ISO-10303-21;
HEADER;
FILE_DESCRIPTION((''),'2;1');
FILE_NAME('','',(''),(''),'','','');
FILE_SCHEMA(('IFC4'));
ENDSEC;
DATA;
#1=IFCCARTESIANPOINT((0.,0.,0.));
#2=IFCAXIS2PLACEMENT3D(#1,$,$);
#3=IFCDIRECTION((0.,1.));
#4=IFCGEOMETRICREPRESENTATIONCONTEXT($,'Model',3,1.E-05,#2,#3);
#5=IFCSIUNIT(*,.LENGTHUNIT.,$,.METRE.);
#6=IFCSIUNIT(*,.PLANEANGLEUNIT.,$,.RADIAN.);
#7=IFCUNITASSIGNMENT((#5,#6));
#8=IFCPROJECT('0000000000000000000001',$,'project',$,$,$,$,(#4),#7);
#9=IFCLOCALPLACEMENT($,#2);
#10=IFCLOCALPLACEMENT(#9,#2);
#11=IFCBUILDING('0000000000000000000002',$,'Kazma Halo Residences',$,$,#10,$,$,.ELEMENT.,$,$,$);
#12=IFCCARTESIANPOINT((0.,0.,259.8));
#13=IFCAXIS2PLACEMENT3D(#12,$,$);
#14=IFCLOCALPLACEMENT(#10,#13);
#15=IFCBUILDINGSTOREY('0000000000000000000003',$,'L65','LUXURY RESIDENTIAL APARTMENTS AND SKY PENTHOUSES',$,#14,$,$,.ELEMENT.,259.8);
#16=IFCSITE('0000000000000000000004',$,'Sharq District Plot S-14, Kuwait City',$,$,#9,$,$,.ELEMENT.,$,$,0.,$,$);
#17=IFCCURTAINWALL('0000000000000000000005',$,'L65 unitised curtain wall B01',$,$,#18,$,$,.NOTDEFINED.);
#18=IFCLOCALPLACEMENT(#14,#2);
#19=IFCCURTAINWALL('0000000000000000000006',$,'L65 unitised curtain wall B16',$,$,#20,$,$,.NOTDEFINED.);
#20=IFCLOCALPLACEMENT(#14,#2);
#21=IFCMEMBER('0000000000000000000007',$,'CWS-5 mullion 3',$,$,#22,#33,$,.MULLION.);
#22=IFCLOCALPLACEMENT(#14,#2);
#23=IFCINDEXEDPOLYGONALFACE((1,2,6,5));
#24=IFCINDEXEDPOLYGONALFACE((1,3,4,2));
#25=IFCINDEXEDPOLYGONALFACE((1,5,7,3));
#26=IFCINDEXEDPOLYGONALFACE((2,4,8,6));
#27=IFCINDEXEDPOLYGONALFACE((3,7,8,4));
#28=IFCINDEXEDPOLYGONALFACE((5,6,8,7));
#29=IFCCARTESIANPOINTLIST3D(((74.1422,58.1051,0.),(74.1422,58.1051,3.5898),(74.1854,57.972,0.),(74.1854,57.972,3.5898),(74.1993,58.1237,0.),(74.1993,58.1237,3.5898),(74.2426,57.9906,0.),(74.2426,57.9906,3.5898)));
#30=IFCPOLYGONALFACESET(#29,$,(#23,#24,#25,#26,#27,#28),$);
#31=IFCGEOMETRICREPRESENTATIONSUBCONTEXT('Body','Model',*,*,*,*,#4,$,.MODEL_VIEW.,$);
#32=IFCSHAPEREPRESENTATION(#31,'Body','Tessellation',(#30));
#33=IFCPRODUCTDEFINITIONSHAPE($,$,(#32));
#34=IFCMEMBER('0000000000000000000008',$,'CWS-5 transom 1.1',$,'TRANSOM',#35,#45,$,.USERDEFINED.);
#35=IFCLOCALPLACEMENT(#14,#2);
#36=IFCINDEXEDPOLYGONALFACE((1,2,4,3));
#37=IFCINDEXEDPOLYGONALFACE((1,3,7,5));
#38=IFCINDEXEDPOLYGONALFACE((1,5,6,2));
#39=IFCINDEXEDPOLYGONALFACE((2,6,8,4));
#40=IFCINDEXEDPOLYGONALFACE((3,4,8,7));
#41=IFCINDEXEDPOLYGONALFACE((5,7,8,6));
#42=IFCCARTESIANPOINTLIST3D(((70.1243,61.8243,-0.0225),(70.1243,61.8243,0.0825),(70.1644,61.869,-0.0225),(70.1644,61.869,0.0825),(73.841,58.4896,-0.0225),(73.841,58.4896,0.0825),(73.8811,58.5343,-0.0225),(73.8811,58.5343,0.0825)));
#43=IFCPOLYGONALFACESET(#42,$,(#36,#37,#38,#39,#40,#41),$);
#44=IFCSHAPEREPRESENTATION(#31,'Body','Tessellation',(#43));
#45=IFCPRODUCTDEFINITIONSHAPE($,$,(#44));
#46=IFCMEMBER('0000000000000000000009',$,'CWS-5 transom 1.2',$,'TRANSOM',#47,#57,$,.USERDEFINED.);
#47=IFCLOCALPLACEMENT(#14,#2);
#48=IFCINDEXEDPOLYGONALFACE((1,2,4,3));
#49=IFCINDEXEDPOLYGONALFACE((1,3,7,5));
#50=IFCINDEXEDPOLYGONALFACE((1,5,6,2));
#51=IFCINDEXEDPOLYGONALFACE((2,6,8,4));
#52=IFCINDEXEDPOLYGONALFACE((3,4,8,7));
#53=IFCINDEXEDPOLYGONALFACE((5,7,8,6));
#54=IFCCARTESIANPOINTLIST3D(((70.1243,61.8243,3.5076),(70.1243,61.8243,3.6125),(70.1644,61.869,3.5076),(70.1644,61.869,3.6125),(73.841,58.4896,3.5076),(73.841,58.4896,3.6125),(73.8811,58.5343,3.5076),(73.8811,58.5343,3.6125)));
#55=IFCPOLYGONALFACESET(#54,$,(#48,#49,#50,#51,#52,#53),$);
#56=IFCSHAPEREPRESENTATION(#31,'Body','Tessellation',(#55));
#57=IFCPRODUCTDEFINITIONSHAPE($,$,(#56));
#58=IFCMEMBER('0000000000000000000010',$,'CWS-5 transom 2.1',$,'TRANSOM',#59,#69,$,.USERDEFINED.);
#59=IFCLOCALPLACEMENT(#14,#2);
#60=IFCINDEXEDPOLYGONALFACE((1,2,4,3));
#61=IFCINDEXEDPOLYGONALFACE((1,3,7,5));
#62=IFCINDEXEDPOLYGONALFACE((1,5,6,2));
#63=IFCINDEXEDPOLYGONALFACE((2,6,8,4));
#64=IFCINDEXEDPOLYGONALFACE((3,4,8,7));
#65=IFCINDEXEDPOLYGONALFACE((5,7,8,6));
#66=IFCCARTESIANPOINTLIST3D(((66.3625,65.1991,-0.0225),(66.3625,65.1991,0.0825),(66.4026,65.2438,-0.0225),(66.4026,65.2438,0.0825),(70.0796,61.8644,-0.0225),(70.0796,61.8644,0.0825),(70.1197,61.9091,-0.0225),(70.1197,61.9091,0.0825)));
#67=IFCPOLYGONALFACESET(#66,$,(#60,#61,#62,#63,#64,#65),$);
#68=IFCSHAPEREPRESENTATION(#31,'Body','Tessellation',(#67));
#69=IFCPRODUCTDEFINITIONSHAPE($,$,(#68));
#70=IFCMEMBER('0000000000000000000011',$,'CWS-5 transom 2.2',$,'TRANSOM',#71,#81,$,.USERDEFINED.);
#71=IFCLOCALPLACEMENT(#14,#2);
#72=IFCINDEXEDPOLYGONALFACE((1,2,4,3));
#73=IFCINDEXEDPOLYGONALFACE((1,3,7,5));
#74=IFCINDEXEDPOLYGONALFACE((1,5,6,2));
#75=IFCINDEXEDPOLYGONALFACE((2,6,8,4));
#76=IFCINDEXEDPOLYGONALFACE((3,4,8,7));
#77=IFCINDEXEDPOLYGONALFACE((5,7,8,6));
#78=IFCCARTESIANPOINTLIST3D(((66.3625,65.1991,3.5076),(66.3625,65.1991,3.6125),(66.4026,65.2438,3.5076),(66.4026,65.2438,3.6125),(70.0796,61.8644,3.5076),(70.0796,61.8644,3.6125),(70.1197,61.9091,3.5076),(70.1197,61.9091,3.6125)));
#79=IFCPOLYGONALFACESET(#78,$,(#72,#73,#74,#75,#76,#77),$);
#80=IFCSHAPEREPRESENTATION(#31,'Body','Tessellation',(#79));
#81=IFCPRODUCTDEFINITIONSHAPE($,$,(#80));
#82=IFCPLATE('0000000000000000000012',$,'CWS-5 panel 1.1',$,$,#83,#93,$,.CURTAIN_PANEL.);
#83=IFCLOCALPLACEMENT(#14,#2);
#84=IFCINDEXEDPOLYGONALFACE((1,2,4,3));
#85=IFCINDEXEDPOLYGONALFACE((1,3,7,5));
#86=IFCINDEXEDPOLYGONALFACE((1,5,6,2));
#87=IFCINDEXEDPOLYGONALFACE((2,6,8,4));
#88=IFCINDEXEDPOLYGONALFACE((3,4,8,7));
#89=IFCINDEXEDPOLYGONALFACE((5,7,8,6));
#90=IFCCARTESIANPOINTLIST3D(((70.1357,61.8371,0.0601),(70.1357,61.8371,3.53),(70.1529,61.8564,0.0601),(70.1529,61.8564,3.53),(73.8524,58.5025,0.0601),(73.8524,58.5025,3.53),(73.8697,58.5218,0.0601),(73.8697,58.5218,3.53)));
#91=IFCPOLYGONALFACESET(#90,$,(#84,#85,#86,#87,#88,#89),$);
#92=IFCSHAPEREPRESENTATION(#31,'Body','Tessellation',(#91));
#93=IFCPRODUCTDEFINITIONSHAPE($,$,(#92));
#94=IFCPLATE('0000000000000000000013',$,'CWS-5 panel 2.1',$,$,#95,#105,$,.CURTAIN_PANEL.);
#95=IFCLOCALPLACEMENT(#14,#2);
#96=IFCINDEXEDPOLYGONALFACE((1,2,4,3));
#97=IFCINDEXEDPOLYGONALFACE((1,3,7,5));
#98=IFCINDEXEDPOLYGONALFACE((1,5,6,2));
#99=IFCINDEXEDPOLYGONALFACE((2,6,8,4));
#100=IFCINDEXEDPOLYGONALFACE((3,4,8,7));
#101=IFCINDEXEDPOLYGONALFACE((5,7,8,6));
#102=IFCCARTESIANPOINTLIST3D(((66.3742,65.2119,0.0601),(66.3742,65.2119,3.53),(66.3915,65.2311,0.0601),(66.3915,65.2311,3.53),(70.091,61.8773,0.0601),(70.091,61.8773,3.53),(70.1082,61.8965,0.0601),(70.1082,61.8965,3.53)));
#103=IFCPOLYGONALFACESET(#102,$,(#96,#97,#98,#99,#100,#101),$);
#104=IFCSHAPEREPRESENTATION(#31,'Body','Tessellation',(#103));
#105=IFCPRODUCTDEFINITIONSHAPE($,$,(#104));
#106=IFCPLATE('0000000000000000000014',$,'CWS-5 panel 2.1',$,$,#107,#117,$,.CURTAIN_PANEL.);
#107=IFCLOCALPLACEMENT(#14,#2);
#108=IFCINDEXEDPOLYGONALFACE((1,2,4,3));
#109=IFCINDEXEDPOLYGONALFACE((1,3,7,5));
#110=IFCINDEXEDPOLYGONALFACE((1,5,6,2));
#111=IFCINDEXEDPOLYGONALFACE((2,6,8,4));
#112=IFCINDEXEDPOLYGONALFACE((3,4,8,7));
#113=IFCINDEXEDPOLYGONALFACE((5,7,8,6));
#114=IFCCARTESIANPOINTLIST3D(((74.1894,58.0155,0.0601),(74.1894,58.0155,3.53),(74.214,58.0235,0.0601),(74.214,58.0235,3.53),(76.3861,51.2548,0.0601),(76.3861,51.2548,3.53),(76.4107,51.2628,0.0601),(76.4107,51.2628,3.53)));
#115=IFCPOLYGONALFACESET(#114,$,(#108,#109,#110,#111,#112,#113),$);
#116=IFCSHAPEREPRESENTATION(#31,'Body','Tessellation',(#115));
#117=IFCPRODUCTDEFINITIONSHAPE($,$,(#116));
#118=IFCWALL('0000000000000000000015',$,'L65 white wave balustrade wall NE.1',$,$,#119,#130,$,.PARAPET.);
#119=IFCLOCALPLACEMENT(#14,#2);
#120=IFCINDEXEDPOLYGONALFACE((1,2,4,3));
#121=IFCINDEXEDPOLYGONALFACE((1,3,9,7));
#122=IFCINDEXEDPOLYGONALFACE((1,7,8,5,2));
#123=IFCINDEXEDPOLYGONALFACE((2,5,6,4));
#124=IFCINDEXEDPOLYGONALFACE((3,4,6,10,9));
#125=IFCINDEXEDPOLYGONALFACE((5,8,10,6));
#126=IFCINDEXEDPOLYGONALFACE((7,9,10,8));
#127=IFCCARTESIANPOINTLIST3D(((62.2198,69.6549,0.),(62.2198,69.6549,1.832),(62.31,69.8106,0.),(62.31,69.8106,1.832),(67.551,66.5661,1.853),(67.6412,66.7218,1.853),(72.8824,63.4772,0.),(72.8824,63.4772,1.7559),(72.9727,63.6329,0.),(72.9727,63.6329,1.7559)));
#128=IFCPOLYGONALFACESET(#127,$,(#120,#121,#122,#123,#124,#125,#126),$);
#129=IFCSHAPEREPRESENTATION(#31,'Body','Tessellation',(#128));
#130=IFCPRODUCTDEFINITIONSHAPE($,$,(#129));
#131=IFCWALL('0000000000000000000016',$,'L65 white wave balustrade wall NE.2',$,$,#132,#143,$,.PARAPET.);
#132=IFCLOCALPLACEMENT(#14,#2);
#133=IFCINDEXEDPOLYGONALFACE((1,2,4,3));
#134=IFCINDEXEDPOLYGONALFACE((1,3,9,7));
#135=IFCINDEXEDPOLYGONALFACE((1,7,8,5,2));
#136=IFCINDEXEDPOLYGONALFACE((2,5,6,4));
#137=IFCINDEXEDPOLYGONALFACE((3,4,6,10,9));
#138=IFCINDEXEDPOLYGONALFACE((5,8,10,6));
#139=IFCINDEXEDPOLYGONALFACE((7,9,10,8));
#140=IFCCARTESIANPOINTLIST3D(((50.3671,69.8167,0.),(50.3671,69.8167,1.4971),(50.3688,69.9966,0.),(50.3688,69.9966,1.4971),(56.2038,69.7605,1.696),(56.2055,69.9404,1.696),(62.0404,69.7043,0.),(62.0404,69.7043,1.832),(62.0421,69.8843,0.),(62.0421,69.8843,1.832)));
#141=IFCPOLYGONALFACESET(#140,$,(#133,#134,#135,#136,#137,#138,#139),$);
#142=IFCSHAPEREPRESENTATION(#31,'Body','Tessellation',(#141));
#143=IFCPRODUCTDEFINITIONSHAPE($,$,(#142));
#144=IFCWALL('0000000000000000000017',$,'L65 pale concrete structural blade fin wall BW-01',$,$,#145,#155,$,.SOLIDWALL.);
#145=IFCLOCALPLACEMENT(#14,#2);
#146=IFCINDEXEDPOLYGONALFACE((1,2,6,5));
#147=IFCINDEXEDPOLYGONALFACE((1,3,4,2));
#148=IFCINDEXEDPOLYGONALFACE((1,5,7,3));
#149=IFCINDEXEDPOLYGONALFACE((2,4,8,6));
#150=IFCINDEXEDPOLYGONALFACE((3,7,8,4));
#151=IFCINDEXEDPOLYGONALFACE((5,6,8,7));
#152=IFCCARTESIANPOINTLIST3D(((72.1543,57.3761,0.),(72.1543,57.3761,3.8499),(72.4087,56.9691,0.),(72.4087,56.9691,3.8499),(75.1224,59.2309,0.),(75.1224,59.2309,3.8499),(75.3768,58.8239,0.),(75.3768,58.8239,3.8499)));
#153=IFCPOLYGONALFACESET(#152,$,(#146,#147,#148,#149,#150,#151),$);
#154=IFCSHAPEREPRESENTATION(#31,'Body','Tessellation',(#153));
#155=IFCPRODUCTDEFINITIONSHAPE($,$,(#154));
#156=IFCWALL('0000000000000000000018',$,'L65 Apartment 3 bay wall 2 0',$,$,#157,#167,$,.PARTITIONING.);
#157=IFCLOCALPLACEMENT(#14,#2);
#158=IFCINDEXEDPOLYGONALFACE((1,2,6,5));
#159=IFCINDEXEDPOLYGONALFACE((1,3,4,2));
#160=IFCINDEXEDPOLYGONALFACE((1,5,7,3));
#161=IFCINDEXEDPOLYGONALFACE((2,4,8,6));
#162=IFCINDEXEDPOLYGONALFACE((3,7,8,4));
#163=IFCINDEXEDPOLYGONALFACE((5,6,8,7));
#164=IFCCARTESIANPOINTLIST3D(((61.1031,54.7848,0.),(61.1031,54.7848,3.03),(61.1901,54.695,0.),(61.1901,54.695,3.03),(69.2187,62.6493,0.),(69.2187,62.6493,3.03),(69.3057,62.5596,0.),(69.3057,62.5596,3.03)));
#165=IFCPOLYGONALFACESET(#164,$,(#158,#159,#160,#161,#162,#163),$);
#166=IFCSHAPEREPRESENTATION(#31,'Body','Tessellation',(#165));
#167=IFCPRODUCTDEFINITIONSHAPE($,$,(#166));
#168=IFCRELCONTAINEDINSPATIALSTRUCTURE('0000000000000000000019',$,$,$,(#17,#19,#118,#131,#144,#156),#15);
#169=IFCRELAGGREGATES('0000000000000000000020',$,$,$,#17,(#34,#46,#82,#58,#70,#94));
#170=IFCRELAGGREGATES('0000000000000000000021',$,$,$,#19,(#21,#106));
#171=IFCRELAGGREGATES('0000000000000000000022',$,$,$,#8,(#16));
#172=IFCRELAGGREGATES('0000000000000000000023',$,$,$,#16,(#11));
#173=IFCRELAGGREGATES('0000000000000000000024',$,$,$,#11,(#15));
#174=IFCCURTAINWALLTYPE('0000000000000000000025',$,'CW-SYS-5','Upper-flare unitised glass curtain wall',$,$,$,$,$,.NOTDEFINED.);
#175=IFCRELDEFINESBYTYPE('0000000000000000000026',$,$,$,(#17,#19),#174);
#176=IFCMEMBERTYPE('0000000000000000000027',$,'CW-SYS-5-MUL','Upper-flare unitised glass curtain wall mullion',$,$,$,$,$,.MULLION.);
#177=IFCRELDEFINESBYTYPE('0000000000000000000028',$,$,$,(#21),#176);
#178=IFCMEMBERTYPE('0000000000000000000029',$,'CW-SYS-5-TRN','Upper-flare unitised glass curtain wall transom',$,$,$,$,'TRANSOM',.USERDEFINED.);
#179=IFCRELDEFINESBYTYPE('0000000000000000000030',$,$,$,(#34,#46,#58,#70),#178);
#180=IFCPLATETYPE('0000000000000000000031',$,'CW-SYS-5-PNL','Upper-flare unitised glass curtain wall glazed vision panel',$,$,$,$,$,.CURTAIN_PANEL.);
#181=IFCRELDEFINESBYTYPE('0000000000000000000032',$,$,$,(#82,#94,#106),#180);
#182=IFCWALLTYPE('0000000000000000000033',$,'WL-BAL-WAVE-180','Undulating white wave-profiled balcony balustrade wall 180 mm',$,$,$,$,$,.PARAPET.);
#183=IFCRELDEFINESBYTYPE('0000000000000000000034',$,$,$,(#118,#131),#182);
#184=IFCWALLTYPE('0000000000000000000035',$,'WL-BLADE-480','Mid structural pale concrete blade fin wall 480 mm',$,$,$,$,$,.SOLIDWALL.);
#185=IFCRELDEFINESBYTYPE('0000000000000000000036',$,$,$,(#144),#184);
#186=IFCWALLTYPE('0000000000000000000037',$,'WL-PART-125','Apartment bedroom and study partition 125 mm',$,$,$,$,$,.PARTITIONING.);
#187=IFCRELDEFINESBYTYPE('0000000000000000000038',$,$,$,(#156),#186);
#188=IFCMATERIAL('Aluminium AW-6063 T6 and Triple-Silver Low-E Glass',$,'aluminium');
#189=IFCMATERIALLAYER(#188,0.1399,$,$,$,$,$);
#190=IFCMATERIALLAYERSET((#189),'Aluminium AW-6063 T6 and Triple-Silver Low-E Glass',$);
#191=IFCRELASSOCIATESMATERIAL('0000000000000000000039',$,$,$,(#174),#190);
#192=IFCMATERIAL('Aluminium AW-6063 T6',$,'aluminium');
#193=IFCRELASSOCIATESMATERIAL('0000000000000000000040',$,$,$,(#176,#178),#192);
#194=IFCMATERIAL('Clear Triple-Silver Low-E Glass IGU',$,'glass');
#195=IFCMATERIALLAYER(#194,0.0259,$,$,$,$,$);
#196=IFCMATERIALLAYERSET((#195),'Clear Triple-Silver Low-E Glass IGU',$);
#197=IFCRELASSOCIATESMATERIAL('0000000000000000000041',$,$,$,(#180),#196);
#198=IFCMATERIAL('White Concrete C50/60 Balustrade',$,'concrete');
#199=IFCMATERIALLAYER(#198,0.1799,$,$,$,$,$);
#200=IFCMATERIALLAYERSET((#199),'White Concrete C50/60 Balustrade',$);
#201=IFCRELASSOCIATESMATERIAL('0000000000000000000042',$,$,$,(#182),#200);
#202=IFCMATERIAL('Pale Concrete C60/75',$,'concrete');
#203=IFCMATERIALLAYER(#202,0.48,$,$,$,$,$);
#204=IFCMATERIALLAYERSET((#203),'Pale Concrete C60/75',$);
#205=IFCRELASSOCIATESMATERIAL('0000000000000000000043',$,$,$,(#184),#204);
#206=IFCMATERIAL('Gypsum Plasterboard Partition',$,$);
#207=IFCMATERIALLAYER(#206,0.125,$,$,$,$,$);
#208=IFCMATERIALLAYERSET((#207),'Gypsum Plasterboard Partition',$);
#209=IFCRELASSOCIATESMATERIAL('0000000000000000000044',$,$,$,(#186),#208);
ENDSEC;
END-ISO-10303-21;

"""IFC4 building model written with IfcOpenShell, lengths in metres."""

from ifc_helpers import new_model, si_unit, direction, frame, frame_2d, origin, origin_2d, place, context, subcontext, project, spatial, polyline, rectangle, outline, extrude, material, layer, layer_set, material_profile, profile_set, type_object, element, aggregate, save


model = new_model("IFC4")

# Units and contexts
model_context = context("Model", 3, precision=1e-05, world=origin(), true_north=direction((0.0, 1.0)))
body_context = subcontext(model_context, "Body", "Model", "MODEL_VIEW")
ifc_project = project(units=[si_unit("LENGTHUNIT", "METRE"), si_unit("PLANEANGLEUNIT", "RADIAN")], contexts=[model_context])

# Site, building, storey
site_placement = place(None, origin())
site = spatial("IfcSite", under=ifc_project, at=site_placement, Name="Sharq District Plot S-14, Kuwait City", CompositionType="ELEMENT", RefElevation=0.0)
building_placement = place(site_placement, origin())
building = spatial("IfcBuilding", under=site, at=building_placement, Name="Kazma Halo Residences", CompositionType="ELEMENT")
storey_placement = place(building_placement, frame((0.0, 0.0, 259.8)))
storey = spatial("IfcBuildingStorey", under=building, at=storey_placement, Name="L65", Description="LUXURY RESIDENTIAL APARTMENTS AND SKY PENTHOUSES", CompositionType="ELEMENT", Elevation=259.8)

# Curtain wall
ifc_material_1 = material(Name="Aluminium AW-6063 T6 and Triple-Silver Low-E Glass", Category="aluminium")
ifc_layer_1 = layer(ifc_material_1, 0.1399)
ifc_layer_set_1 = layer_set([ifc_layer_1], Name="Aluminium AW-6063 T6 and Triple-Silver Low-E Glass")
curtain_wall_type = type_object("IfcCurtainWallType", Name="CW-SYS-5", Description="Upper-flare unitised glass curtain wall", PredefinedType="NOTDEFINED", material=ifc_layer_set_1)
curtain_wall_1_placement = place(storey_placement, origin())
curtain_wall_1 = element("IfcCurtainWall", 1, at=curtain_wall_1_placement, inside=storey, type_object=curtain_wall_type, Name="L65 unitised curtain wall B01", PredefinedType="NOTDEFINED")
ifc_material_2 = material(Name="Aluminium AW-6063 T6", Category="aluminium")
ifc_material_profile_1 = material_profile(ifc_material_2, rectangle(XDim=0.0601, YDim=0.1399, at=origin_2d()), Name="CWM-60x140")
ifc_profile_set_1 = profile_set([ifc_material_profile_1], Name="Aluminium AW-6063 T6")
member_type_1 = type_object("IfcMemberType", Name="CW-SYS-5-MUL", Description="Upper-flare unitised glass curtain wall mullion", PredefinedType="MULLION", material=ifc_profile_set_1)

# Curtain wall, member
curtain_wall_2_placement = place(storey_placement, origin())
curtain_wall_2 = element("IfcCurtainWall", 2, at=curtain_wall_2_placement, inside=storey, type_object=curtain_wall_type, Name="L65 unitised curtain wall B16", PredefinedType="NOTDEFINED")
member_1_placement = place(storey_placement, frame((74.1924, 58.0479, 0.0), z_axis=(0.0, 0.0, 1.0), x_axis=(-0.951058, -0.309011, 0.0)))
member_1 = element("IfcMember", 3, at=member_1_placement, type_object=member_type_1, Name="CWS-5 mullion 3", PredefinedType="MULLION", context=body_context, shape_type="SweptSolid", body=[
    extrude(rectangle(XDim=0.0601, YDim=0.1399, at=origin_2d()), origin(), (0.0, 0.0, 1.0), 3.5898),
])

# Members
ifc_material_profile_2 = material_profile(ifc_material_2, rectangle(XDim=0.0601, YDim=0.105, at=origin_2d()), Name="CWT-60x105")
ifc_profile_set_2 = profile_set([ifc_material_profile_2], Name="Aluminium AW-6063 T6")
member_type_2 = type_object("IfcMemberType", Name="CW-SYS-5-TRN", Description="Upper-flare unitised glass curtain wall transom", ElementType="TRANSOM", PredefinedType="USERDEFINED", material=ifc_profile_set_2)
member_2_placement = place(storey_placement, frame((73.8611, 58.512, 0.03), z_axis=(-0.744329, 0.667813, 0.0), x_axis=(-0.667813, -0.744329, 0.0)))
member_2 = element("IfcMember", 4, at=member_2_placement, type_object=member_type_2, Name="CWS-5 transom 1.1", ObjectType="TRANSOM", PredefinedType="USERDEFINED", context=body_context, shape_type="SweptSolid", body=[
    extrude(rectangle(XDim=0.0601, YDim=0.105, at=origin_2d()), origin(), (0.0, 0.0, 1.0), 4.9934),
])
member_3_placement = place(storey_placement, frame((73.8611, 58.512, 3.5601), z_axis=(-0.744329, 0.667813, 0.0), x_axis=(-0.667813, -0.744329, 0.0)))
member_3 = element("IfcMember", 5, at=member_3_placement, type_object=member_type_2, Name="CWS-5 transom 1.2", ObjectType="TRANSOM", PredefinedType="USERDEFINED", context=body_context, shape_type="SweptSolid", body=[
    extrude(rectangle(XDim=0.0601, YDim=0.105, at=origin_2d()), origin(), (0.0, 0.0, 1.0), 4.9934),
])
member_4_placement = place(storey_placement, frame((70.0996, 61.8867, 0.03), z_axis=(-0.744351, 0.667789, 0.0), x_axis=(-0.667789, -0.744351, 0.0)))
member_4 = element("IfcMember", 6, at=member_4_placement, type_object=member_type_2, Name="CWS-5 transom 2.1", ObjectType="TRANSOM", PredefinedType="USERDEFINED", context=body_context, shape_type="SweptSolid", body=[
    extrude(rectangle(XDim=0.0601, YDim=0.105, at=origin_2d()), origin(), (0.0, 0.0, 1.0), 4.9937),
])
member_5_placement = place(storey_placement, frame((70.0996, 61.8867, 3.5601), z_axis=(-0.744351, 0.667789, 0.0), x_axis=(-0.667789, -0.744351, 0.0)))
member_5 = element("IfcMember", 7, at=member_5_placement, type_object=member_type_2, Name="CWS-5 transom 2.2", ObjectType="TRANSOM", PredefinedType="USERDEFINED", context=body_context, shape_type="SweptSolid", body=[
    extrude(rectangle(XDim=0.0601, YDim=0.105, at=origin_2d()), origin(), (0.0, 0.0, 1.0), 4.9937),
])

# Plates
ifc_material_3 = material(Name="Clear Triple-Silver Low-E Glass IGU", Category="glass")
ifc_layer_2 = layer(ifc_material_3, 0.0259)
ifc_layer_set_2 = layer_set([ifc_layer_2], Name="Clear Triple-Silver Low-E Glass IGU")
plate_type = type_object("IfcPlateType", Name="CW-SYS-5-PNL", Description="Upper-flare unitised glass curtain wall glazed vision panel", PredefinedType="CURTAIN_PANEL", material=ifc_layer_set_2)
plate_1_placement = place(storey_placement, frame((72.0027, 60.1794, 0.0601), z_axis=(0.0, 0.0, 1.0), x_axis=(-0.744336, 0.667805, 0.0)))
plate_1 = element("IfcPlate", 8, at=plate_1_placement, type_object=plate_type, Name="CWS-5 panel 1.1", PredefinedType="CURTAIN_PANEL", context=body_context, shape_type="SweptSolid", body=[
    extrude(rectangle(XDim=4.9934, YDim=0.0259, at=origin_2d()), origin(), (0.0, 0.0, 1.0), 3.47),
])
plate_2_placement = place(storey_placement, frame((68.2412, 63.5542, 0.0601), z_axis=(0.0, 0.0, 1.0), x_axis=(-0.744336, 0.667805, 0.0)))
plate_2 = element("IfcPlate", 9, at=plate_2_placement, type_object=plate_type, Name="CWS-5 panel 2.1", PredefinedType="CURTAIN_PANEL", context=body_context, shape_type="SweptSolid", body=[
    extrude(rectangle(XDim=4.9934, YDim=0.0259, at=origin_2d()), origin(), (0.0, 0.0, 1.0), 3.47),
])
aggregate(curtain_wall_1, [member_2, member_3, plate_1, member_4, member_5, plate_2])
plate_3_placement = place(storey_placement, frame((75.3, 54.6392, 0.0601), z_axis=(0.0, 0.0, 1.0), x_axis=(-0.309011, 0.951058, 0.0)))
plate_3 = element("IfcPlate", 10, at=plate_3_placement, type_object=plate_type, Name="CWS-5 panel 2.1", PredefinedType="CURTAIN_PANEL", context=body_context, shape_type="SweptSolid", body=[
    extrude(rectangle(XDim=7.1086, YDim=0.0259, at=origin_2d()), origin(), (0.0, 0.0, 1.0), 3.47),
])
aggregate(curtain_wall_2, [member_1, plate_3])

# Walls
ifc_material_4 = material(Name="White Concrete C50/60 Balustrade", Category="concrete")
ifc_layer_3 = layer(ifc_material_4, 0.1799)
ifc_layer_set_3 = layer_set([ifc_layer_3], Name="White Concrete C50/60 Balustrade")
wall_type_1 = type_object("IfcWallType", Name="WL-BAL-WAVE-180", Description="Undulating white wave-profiled balcony balustrade wall 180 mm", PredefinedType="PARAPET", material=ifc_layer_set_3)
wall_1_placement = place(storey_placement, frame((72.9275, 63.5549, 0.0), z_axis=(0.0, 0.0, 1.0), x_axis=(-0.865263, 0.501319, 0.0)))
element("IfcWall", 11, at=wall_1_placement, inside=storey, type_object=wall_type_1, Name="L65 white wave balustrade wall NE.1", PredefinedType="PARAPET", context=body_context, shape_type="SweptSolid", body=[
    extrude(outline(polyline([(0.0, 0.0), (12.323, 0.0), (12.323, 1.832), (6.1616, 1.853), (0.0, 1.7559), (0.0, 0.0)])), frame((0.0, 0.0898, 0.0), z_axis=(0.0, -1.0, 0.0), x_axis=(1.0, 0.0, 0.0)), (0.0, 0.0, 1.0), 0.1799),
])
wall_2_placement = place(storey_placement, frame((62.0413, 69.7942, 0.0), z_axis=(0.0, 0.0, 1.0), x_axis=(-0.999954, 0.00962, 0.0)))
element("IfcWall", 12, at=wall_2_placement, inside=storey, type_object=wall_type_1, Name="L65 white wave balustrade wall NE.2", PredefinedType="PARAPET", context=body_context, shape_type="SweptSolid", body=[
    extrude(outline(polyline([(0.0, 0.0), (11.6738, 0.0), (11.6738, 1.4971), (5.8369, 1.696), (0.0, 1.832), (0.0, 0.0)])), frame((0.0, 0.0898, 0.0), z_axis=(0.0, -1.0, 0.0), x_axis=(1.0, 0.0, 0.0)), (0.0, 0.0, 1.0), 0.1799),
])
ifc_material_5 = material(Name="Pale Concrete C60/75", Category="concrete")
ifc_layer_4 = layer(ifc_material_5, 0.48)
ifc_layer_set_4 = layer_set([ifc_layer_4], Name="Pale Concrete C60/75")
wall_type_2 = type_object("IfcWallType", Name="WL-BLADE-480", Description="Mid structural pale concrete blade fin wall 480 mm", PredefinedType="SOLIDWALL", material=ifc_layer_set_4)
wall_3_placement = place(storey_placement, frame((72.2815, 57.1726, 0.0), z_axis=(0.0, 0.0, 1.0), x_axis=(0.848034, 0.529943, 0.0)))
element("IfcWall", 13, at=wall_3_placement, inside=storey, type_object=wall_type_2, Name="L65 pale concrete structural blade fin wall BW-01", PredefinedType="SOLIDWALL", context=body_context, shape_type="SweptSolid", body=[
    extrude(rectangle(XDim=3.5, YDim=0.48, at=frame_2d((1.75, 0.0))), origin(), (0.0, 0.0, 1.0), 3.8499),
])

# Wall
ifc_material_6 = material(Name="Gypsum Plasterboard Partition")
ifc_layer_5 = layer(ifc_material_6, 0.125)
ifc_layer_set_5 = layer_set([ifc_layer_5], Name="Gypsum Plasterboard Partition")
wall_type_3 = type_object("IfcWallType", Name="WL-PART-125", Description="Apartment bedroom and study partition 125 mm", PredefinedType="PARTITIONING", material=ifc_layer_set_5)
wall_4_placement = place(storey_placement, frame((61.1467, 54.74, 0.0), z_axis=(0.0, 0.0, 1.0), x_axis=(0.718124, 0.695915, 0.0)))
element("IfcWall", 14, at=wall_4_placement, inside=storey, type_object=wall_type_3, Name="L65 Apartment 3 bay wall 2 0", PredefinedType="PARTITIONING", context=body_context, shape_type="SweptSolid", body=[
    extrude(rectangle(XDim=11.301, YDim=0.125, at=frame_2d((5.6504, 0.0))), origin(), (0.0, 0.0, 1.0), 3.03),
])

save(model, "model.ifc")
